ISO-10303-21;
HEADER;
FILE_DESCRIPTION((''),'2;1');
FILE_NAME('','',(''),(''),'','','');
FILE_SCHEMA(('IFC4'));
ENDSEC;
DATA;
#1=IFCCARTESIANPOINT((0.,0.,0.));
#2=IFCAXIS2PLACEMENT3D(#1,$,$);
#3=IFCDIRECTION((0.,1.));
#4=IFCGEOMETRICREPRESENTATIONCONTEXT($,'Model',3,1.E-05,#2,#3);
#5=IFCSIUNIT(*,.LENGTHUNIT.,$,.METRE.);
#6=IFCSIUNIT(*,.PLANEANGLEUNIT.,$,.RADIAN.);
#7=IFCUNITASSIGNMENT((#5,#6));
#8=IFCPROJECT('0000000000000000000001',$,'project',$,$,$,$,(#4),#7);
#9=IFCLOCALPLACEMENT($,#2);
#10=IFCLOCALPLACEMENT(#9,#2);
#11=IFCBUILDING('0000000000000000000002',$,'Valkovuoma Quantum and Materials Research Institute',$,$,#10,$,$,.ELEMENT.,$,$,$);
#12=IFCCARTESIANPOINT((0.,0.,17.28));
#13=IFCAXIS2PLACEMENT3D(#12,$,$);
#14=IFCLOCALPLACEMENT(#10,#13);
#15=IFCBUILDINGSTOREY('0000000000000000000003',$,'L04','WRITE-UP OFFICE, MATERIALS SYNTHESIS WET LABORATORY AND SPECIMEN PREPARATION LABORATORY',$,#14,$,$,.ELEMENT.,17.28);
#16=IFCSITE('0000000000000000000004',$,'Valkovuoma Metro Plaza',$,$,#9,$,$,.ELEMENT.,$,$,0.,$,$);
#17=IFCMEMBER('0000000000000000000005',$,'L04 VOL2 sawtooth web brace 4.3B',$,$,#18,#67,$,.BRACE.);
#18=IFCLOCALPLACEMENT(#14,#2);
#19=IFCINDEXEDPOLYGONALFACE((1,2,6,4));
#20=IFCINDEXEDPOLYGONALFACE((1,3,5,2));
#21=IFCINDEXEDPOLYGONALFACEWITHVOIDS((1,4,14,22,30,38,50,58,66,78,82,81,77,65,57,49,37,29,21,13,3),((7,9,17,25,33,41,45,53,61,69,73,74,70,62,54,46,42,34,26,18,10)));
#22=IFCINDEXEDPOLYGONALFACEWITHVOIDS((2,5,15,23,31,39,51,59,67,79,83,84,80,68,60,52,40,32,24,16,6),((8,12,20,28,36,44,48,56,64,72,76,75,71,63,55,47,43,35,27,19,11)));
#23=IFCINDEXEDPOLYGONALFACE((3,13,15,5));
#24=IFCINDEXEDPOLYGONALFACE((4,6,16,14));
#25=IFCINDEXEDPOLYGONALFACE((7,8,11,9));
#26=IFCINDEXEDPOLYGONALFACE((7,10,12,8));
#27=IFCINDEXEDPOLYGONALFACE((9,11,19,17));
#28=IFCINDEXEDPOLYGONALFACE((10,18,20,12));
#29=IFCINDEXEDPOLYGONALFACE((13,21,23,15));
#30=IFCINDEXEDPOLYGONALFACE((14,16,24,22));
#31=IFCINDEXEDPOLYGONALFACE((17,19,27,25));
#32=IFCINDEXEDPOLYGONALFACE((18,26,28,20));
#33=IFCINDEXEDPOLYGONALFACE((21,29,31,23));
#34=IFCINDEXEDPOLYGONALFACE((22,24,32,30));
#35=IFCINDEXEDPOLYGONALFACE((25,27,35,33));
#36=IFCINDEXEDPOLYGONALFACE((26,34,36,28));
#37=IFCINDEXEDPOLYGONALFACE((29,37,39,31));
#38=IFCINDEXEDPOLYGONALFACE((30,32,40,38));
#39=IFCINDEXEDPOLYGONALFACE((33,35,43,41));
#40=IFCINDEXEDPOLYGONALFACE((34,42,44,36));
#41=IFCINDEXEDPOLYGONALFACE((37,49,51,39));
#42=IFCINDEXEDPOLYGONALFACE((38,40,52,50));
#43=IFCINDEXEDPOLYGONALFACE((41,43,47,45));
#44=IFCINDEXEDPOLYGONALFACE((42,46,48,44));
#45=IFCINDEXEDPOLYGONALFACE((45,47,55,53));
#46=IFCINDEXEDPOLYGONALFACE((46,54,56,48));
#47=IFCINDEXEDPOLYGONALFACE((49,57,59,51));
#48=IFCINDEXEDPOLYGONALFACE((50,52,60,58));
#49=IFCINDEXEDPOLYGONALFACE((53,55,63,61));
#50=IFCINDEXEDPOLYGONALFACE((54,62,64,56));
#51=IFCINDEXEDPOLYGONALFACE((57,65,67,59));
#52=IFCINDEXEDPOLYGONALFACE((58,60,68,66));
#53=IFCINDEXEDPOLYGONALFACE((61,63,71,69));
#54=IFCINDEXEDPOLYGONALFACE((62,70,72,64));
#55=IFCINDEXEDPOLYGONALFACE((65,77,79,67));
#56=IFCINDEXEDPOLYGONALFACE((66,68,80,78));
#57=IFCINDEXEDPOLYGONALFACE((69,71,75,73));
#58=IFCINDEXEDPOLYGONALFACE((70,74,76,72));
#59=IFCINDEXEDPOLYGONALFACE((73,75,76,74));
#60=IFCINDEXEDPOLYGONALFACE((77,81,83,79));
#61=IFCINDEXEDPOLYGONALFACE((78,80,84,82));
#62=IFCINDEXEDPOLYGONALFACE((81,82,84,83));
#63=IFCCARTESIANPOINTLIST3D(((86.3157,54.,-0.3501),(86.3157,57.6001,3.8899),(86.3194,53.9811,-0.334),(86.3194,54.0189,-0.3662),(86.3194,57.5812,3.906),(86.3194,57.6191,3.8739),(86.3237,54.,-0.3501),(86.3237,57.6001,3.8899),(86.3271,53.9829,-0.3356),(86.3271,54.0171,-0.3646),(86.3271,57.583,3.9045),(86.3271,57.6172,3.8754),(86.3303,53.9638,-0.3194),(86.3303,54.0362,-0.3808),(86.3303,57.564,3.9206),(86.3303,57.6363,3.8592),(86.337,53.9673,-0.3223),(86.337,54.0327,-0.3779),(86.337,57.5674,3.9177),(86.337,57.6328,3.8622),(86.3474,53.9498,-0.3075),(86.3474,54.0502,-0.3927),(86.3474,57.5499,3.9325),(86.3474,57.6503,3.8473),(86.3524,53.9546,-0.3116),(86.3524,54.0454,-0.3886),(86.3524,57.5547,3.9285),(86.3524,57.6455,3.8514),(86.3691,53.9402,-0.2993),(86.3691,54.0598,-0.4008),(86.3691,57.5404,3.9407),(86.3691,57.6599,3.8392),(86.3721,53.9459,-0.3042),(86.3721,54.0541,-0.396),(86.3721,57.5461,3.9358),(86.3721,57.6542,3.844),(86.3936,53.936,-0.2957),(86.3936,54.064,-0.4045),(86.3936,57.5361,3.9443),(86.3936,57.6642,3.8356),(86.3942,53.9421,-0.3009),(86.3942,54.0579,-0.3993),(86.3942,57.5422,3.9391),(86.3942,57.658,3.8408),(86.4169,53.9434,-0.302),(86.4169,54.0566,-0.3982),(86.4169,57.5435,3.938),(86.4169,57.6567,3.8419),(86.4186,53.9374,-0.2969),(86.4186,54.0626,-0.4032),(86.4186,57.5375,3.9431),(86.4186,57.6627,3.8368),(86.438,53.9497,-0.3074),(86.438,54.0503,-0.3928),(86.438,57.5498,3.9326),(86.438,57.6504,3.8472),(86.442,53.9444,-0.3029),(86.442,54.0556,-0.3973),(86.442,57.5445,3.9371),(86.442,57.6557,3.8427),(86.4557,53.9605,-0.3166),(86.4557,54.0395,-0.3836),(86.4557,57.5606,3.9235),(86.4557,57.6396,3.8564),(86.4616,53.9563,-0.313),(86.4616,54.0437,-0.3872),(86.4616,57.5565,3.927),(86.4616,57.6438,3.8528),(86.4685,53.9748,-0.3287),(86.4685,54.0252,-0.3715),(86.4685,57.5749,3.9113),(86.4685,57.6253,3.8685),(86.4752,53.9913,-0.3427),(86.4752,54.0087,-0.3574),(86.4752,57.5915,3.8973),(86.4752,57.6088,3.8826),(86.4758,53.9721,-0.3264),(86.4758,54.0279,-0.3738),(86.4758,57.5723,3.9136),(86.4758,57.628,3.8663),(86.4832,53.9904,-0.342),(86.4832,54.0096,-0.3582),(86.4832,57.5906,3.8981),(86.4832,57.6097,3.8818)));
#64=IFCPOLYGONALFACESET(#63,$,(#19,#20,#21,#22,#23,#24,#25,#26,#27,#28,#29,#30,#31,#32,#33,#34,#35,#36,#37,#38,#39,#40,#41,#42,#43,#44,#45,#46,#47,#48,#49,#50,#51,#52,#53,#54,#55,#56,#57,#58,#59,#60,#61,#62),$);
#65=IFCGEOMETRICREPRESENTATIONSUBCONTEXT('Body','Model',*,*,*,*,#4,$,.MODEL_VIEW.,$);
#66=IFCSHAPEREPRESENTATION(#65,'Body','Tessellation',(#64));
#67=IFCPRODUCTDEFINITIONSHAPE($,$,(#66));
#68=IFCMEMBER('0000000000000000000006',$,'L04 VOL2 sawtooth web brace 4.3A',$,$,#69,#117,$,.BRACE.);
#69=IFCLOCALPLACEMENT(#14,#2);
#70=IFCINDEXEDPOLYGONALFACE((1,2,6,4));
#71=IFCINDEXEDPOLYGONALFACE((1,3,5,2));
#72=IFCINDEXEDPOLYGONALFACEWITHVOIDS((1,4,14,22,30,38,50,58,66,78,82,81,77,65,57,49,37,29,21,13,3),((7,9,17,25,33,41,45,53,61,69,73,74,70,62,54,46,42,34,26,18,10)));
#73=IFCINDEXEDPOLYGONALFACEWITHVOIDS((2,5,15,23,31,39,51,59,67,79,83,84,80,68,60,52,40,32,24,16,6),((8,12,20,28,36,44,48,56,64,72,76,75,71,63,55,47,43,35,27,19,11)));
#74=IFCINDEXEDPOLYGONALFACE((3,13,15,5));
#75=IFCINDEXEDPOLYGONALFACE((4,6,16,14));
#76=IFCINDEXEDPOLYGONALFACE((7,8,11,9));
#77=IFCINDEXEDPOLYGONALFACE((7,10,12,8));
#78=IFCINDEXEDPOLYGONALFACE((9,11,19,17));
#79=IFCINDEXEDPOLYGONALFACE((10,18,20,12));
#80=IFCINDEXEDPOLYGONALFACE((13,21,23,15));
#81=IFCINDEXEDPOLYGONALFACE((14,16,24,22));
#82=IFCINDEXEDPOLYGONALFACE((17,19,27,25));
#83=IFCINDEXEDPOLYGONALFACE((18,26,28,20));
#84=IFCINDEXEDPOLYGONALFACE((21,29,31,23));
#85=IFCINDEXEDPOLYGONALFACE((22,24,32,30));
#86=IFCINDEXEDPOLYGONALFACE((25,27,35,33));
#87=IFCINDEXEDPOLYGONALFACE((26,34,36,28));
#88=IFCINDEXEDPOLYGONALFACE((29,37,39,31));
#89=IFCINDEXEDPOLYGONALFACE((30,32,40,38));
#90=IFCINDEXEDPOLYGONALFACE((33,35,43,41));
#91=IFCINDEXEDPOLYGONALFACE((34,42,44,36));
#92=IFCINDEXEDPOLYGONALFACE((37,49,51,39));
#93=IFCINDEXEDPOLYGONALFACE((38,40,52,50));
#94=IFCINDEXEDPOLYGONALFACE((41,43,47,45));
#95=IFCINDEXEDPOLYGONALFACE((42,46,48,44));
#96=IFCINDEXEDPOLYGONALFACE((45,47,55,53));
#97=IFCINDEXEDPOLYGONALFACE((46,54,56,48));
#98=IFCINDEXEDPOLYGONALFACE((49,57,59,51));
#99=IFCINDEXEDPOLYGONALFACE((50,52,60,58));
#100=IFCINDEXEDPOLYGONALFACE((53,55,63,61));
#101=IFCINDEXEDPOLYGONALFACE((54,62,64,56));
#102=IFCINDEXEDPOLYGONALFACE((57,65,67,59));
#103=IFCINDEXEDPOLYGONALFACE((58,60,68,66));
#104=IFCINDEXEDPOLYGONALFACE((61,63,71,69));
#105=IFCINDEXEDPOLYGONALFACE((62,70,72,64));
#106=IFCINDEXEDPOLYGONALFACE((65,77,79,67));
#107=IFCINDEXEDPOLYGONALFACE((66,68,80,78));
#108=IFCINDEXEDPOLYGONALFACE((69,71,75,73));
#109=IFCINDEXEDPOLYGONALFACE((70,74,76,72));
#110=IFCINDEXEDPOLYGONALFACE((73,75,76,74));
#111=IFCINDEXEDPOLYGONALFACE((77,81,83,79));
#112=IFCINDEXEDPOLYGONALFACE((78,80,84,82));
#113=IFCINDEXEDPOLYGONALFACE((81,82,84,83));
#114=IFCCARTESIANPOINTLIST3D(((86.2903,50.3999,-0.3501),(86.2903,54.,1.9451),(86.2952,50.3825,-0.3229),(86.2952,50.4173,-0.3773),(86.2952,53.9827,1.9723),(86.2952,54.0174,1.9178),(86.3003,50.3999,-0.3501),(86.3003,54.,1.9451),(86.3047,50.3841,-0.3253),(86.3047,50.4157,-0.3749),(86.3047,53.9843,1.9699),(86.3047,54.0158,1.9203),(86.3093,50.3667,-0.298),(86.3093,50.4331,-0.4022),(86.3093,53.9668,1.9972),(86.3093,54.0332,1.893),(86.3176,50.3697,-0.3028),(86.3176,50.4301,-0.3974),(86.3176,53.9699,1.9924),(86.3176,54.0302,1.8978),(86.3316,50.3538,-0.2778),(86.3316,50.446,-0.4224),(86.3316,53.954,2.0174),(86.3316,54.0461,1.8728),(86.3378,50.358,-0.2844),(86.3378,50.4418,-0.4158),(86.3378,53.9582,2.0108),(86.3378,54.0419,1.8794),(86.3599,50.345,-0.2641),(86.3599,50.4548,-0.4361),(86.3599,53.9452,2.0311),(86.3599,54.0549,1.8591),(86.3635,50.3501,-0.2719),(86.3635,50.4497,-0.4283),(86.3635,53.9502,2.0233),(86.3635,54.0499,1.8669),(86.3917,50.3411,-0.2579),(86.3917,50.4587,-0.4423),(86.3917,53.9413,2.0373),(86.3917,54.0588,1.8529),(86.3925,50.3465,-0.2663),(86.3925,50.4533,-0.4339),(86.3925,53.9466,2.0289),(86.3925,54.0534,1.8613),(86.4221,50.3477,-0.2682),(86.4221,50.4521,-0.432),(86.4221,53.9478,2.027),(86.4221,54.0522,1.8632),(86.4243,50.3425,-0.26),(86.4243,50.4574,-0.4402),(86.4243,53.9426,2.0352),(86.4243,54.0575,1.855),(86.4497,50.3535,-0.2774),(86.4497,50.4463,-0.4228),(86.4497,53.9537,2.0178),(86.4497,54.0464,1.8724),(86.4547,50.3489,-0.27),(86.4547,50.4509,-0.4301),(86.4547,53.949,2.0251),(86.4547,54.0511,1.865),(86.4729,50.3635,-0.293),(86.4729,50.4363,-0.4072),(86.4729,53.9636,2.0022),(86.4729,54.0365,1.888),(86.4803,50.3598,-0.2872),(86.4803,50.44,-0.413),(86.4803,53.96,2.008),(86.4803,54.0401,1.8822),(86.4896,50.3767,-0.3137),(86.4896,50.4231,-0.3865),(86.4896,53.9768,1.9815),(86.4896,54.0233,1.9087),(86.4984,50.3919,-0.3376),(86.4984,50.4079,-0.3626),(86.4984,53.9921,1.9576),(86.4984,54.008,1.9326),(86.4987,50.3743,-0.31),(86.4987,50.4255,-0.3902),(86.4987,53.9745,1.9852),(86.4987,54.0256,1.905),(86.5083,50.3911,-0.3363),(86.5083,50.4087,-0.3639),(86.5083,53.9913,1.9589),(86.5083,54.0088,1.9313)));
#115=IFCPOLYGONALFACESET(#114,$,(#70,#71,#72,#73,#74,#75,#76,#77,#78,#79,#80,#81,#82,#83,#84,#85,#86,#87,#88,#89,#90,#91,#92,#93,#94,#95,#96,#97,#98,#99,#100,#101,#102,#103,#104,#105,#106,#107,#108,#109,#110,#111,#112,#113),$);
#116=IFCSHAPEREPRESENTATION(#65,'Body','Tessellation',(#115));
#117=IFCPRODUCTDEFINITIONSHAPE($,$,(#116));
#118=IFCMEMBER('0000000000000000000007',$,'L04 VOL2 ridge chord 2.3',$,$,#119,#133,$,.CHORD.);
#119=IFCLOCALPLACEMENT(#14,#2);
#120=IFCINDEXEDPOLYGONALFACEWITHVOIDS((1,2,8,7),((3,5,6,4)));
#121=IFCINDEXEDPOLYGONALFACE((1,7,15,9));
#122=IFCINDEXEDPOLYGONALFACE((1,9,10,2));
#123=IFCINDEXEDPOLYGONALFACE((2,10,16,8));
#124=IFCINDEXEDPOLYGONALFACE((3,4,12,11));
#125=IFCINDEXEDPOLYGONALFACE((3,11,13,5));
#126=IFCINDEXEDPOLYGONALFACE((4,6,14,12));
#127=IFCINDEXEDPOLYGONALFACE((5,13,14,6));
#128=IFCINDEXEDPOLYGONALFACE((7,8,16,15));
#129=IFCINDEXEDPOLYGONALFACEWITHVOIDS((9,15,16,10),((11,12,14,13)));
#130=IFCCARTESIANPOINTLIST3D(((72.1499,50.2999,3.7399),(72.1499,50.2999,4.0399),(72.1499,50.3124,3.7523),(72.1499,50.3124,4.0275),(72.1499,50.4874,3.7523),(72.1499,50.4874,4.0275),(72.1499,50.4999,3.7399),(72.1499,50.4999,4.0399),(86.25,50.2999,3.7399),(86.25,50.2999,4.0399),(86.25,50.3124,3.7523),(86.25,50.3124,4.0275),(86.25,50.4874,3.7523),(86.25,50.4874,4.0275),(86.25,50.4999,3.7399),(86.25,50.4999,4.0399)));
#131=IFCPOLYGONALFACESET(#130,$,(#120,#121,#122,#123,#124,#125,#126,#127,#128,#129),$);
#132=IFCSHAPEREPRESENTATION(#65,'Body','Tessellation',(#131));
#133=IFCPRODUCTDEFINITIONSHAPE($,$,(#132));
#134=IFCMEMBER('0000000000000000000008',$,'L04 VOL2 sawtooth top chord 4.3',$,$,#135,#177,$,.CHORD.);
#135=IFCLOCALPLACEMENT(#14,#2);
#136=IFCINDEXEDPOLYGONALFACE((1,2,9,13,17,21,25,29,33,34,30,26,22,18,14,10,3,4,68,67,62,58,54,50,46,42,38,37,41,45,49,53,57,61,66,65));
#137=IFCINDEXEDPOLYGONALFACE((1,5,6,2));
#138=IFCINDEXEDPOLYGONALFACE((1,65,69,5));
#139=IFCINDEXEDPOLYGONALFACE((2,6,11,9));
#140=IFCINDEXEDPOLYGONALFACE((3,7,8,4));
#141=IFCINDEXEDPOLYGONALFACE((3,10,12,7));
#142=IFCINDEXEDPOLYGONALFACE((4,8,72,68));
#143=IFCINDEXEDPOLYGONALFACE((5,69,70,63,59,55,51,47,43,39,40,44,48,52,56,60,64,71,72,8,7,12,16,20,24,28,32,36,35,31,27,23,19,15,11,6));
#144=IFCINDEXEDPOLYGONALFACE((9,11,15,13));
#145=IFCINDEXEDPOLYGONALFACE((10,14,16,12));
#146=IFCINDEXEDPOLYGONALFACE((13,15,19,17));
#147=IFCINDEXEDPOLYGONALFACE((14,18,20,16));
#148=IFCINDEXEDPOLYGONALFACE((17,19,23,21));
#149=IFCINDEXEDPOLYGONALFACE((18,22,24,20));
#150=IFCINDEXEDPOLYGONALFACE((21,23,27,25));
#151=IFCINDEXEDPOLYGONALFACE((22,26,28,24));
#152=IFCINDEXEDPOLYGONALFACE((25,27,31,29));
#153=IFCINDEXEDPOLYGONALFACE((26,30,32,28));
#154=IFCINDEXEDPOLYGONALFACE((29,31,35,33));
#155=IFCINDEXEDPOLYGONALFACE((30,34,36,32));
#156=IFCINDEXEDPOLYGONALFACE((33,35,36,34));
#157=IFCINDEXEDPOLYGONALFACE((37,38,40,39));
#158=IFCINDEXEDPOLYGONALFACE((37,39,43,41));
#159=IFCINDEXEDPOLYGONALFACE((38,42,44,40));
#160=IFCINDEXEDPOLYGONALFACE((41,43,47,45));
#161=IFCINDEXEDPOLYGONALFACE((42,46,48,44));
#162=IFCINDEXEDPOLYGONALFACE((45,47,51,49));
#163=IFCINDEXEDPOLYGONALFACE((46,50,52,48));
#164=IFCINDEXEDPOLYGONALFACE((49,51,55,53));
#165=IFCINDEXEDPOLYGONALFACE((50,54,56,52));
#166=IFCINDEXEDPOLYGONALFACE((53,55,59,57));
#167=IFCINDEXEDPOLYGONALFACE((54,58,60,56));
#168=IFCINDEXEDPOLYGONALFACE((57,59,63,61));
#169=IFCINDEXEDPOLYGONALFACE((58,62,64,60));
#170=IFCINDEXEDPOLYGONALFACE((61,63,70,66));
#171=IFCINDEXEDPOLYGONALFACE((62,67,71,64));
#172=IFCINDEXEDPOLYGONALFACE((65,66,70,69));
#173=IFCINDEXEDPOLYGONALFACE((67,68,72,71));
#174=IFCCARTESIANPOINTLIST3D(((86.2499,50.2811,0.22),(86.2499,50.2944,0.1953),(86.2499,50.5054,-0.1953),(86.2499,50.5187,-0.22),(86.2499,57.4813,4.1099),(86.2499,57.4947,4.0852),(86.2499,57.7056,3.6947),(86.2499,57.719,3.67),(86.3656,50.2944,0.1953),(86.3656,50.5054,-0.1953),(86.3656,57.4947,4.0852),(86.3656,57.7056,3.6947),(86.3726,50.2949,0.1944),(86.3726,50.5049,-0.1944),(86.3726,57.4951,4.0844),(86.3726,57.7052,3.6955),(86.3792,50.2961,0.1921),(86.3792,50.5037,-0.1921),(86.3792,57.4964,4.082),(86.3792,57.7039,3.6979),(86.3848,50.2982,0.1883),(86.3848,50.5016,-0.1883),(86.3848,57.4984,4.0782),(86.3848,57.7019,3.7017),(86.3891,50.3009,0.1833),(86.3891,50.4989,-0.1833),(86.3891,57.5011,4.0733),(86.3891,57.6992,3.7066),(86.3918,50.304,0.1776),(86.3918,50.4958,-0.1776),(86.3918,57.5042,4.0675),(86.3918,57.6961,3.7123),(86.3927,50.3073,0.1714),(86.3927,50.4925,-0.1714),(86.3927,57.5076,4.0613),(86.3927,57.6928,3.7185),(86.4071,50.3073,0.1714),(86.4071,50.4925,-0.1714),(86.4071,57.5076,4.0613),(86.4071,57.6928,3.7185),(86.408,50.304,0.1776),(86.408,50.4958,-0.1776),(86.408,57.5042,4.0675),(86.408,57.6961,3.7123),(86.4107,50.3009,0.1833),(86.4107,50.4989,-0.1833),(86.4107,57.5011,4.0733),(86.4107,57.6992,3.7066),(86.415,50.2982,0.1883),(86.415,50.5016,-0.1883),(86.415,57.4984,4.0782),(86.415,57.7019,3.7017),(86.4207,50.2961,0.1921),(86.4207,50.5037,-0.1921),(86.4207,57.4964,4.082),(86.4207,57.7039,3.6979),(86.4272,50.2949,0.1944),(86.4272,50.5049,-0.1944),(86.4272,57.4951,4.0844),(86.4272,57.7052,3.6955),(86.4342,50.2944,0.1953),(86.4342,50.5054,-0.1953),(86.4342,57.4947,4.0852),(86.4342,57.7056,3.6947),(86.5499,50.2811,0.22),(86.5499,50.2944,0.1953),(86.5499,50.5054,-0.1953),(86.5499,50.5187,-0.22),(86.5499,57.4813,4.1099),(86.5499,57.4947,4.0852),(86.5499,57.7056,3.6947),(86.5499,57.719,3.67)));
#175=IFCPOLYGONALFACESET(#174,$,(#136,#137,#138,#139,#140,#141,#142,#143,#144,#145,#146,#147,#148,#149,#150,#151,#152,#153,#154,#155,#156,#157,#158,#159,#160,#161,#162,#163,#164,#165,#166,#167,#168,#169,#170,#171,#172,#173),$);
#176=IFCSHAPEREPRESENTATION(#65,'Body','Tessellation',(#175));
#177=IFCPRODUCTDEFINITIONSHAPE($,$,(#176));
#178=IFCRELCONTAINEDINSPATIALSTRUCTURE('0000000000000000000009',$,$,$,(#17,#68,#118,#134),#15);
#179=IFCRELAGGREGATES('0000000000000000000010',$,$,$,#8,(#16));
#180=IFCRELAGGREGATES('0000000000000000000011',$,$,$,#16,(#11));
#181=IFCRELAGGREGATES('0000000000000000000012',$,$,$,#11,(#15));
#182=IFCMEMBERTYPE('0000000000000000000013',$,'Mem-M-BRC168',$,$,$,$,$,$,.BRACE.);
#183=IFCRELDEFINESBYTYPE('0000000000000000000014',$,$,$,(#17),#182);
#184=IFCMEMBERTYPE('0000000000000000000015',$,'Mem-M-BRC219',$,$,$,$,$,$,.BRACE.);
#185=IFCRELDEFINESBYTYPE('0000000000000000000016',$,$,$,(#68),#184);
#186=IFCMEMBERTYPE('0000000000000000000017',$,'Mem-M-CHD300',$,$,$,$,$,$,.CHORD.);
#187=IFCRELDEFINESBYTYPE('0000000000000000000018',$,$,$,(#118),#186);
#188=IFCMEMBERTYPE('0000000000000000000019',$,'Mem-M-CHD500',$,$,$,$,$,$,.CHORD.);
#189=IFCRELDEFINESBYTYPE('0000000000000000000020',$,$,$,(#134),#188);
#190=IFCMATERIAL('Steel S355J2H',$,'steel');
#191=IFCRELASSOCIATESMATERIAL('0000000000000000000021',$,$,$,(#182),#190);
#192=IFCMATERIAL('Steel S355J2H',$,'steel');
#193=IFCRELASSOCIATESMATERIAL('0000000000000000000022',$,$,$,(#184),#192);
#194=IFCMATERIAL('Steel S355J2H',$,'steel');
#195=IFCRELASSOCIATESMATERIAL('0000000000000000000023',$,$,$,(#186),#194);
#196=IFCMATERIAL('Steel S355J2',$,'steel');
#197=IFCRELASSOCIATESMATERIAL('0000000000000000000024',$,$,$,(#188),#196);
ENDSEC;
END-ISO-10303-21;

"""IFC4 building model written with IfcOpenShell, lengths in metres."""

from ifc_helpers import new_model, si_unit, direction, frame, origin, origin_2d, place, context, subcontext, project, spatial, hollow_rectangle, hollow_circle, i_section, extrude, material, material_profile, profile_set, type_object, element, save


model = new_model("IFC4")

# Units and contexts
model_context = context("Model", 3, precision=1e-05, world=origin(), true_north=direction((0.0, 1.0)))
body_context = subcontext(model_context, "Body", "Model", "MODEL_VIEW")
ifc_project = project(units=[si_unit("LENGTHUNIT", "METRE"), si_unit("PLANEANGLEUNIT", "RADIAN")], contexts=[model_context])

# Site, building, storey
site_placement = place(None, origin())
site = spatial("IfcSite", under=ifc_project, at=site_placement, Name="Valkovuoma Metro Plaza", CompositionType="ELEMENT", RefElevation=0.0)
building_placement = place(site_placement, origin())
building = spatial("IfcBuilding", under=site, at=building_placement, Name="Valkovuoma Quantum and Materials Research Institute", CompositionType="ELEMENT")
storey_placement = place(building_placement, frame((0.0, 0.0, 17.28)))
storey = spatial("IfcBuildingStorey", under=building, at=storey_placement, Name="L04", Description="WRITE-UP OFFICE, MATERIALS SYNTHESIS WET LABORATORY AND SPECIMEN PREPARATION LABORATORY", CompositionType="ELEMENT", Elevation=17.28)

# Members
ifc_material_1 = material(Name="Steel S355J2H", Category="steel")
ifc_material_profile_1 = material_profile(ifc_material_1, hollow_circle(Radius=0.0842, WallThickness=0.0081, at=origin_2d()), Name="Steel S355J2H")
ifc_profile_set_1 = profile_set([ifc_material_profile_1], Name="Steel S355J2H")
member_type_1 = type_object("IfcMemberType", Name="Mem-M-BRC168", PredefinedType="BRACE", material=ifc_profile_set_1)
member_1_placement = place(storey_placement, frame((86.3999, 54.0, -0.3501), z_axis=(0.0, 0.647242, 0.762285), x_axis=(-1.0, 0.0, 0.0)))
element("IfcMember", 1, at=member_1_placement, inside=storey, type_object=member_type_1, Name="L04 VOL2 sawtooth web brace 4.3B", PredefinedType="BRACE", context=body_context, shape_type="SweptSolid", body=[
    extrude(hollow_circle(Radius=0.0842, WallThickness=0.0081, at=origin_2d()), origin(), (0.0, 0.0, 1.0), 5.5623),
])
ifc_material_2 = material(Name="Steel S355J2H", Category="steel")
ifc_material_profile_2 = material_profile(ifc_material_2, hollow_circle(Radius=0.1096, WallThickness=0.01, at=origin_2d()), Name="Steel S355J2H")
ifc_profile_set_2 = profile_set([ifc_material_profile_2], Name="Steel S355J2H")
member_type_2 = type_object("IfcMemberType", Name="Mem-M-BRC219", PredefinedType="BRACE", material=ifc_profile_set_2)
member_2_placement = place(storey_placement, frame((86.3999, 50.3999, -0.3501), z_axis=(0.0, 0.843216, 0.537575), x_axis=(-1.0, 0.0, 0.0)))
element("IfcMember", 2, at=member_2_placement, inside=storey, type_object=member_type_2, Name="L04 VOL2 sawtooth web brace 4.3A", PredefinedType="BRACE", context=body_context, shape_type="SweptSolid", body=[
    extrude(hollow_circle(Radius=0.1096, WallThickness=0.01, at=origin_2d()), origin(), (0.0, 0.0, 1.0), 4.2695),
])
ifc_material_3 = material(Name="Steel S355J2H", Category="steel")
ifc_material_profile_3 = material_profile(ifc_material_3, hollow_rectangle(XDim=0.2, YDim=0.3, WallThickness=0.0125, at=origin_2d()), Name="Steel S355J2H")
ifc_profile_set_3 = profile_set([ifc_material_profile_3], Name="Steel S355J2H")
member_type_3 = type_object("IfcMemberType", Name="Mem-M-CHD300", PredefinedType="CHORD", material=ifc_profile_set_3)
member_3_placement = place(storey_placement, frame((72.1499, 50.3999, 3.8899), z_axis=(1.0, 0.0, 0.0), x_axis=(0.0, 1.0, 0.0)))
element("IfcMember", 3, at=member_3_placement, inside=storey, type_object=member_type_3, Name="L04 VOL2 ridge chord 2.3", PredefinedType="CHORD", context=body_context, shape_type="SweptSolid", body=[
    extrude(hollow_rectangle(XDim=0.2, YDim=0.3, WallThickness=0.0125, at=origin_2d()), origin(), (0.0, 0.0, 1.0), 14.1001),
])
ifc_material_4 = material(Name="Steel S355J2", Category="steel")
ifc_material_profile_4 = material_profile(ifc_material_4, i_section(OverallWidth=0.3, OverallDepth=0.5, WebThickness=0.0144, FlangeThickness=0.0281, FilletRadius=0.0271, at=origin_2d()), Name="Steel S355J2")
ifc_profile_set_4 = profile_set([ifc_material_profile_4], Name="Steel S355J2")
member_type_4 = type_object("IfcMemberType", Name="Mem-M-CHD500", PredefinedType="CHORD", material=ifc_profile_set_4)
member_4_placement = place(storey_placement, frame((86.3999, 50.3999, 0.0), z_axis=(0.0, 0.879814, 0.475318), x_axis=(-1.0, 0.0, 0.0)))
element("IfcMember", 4, at=member_4_placement, inside=storey, type_object=member_type_4, Name="L04 VOL2 sawtooth top chord 4.3", PredefinedType="CHORD", context=body_context, shape_type="SweptSolid", body=[
    extrude(i_section(OverallWidth=0.3, OverallDepth=0.5, WebThickness=0.0144, FlangeThickness=0.0281, FilletRadius=0.0271, at=origin_2d()), origin(), (0.0, 0.0, 1.0), 8.1838),
])

save(model, "model.ifc")
